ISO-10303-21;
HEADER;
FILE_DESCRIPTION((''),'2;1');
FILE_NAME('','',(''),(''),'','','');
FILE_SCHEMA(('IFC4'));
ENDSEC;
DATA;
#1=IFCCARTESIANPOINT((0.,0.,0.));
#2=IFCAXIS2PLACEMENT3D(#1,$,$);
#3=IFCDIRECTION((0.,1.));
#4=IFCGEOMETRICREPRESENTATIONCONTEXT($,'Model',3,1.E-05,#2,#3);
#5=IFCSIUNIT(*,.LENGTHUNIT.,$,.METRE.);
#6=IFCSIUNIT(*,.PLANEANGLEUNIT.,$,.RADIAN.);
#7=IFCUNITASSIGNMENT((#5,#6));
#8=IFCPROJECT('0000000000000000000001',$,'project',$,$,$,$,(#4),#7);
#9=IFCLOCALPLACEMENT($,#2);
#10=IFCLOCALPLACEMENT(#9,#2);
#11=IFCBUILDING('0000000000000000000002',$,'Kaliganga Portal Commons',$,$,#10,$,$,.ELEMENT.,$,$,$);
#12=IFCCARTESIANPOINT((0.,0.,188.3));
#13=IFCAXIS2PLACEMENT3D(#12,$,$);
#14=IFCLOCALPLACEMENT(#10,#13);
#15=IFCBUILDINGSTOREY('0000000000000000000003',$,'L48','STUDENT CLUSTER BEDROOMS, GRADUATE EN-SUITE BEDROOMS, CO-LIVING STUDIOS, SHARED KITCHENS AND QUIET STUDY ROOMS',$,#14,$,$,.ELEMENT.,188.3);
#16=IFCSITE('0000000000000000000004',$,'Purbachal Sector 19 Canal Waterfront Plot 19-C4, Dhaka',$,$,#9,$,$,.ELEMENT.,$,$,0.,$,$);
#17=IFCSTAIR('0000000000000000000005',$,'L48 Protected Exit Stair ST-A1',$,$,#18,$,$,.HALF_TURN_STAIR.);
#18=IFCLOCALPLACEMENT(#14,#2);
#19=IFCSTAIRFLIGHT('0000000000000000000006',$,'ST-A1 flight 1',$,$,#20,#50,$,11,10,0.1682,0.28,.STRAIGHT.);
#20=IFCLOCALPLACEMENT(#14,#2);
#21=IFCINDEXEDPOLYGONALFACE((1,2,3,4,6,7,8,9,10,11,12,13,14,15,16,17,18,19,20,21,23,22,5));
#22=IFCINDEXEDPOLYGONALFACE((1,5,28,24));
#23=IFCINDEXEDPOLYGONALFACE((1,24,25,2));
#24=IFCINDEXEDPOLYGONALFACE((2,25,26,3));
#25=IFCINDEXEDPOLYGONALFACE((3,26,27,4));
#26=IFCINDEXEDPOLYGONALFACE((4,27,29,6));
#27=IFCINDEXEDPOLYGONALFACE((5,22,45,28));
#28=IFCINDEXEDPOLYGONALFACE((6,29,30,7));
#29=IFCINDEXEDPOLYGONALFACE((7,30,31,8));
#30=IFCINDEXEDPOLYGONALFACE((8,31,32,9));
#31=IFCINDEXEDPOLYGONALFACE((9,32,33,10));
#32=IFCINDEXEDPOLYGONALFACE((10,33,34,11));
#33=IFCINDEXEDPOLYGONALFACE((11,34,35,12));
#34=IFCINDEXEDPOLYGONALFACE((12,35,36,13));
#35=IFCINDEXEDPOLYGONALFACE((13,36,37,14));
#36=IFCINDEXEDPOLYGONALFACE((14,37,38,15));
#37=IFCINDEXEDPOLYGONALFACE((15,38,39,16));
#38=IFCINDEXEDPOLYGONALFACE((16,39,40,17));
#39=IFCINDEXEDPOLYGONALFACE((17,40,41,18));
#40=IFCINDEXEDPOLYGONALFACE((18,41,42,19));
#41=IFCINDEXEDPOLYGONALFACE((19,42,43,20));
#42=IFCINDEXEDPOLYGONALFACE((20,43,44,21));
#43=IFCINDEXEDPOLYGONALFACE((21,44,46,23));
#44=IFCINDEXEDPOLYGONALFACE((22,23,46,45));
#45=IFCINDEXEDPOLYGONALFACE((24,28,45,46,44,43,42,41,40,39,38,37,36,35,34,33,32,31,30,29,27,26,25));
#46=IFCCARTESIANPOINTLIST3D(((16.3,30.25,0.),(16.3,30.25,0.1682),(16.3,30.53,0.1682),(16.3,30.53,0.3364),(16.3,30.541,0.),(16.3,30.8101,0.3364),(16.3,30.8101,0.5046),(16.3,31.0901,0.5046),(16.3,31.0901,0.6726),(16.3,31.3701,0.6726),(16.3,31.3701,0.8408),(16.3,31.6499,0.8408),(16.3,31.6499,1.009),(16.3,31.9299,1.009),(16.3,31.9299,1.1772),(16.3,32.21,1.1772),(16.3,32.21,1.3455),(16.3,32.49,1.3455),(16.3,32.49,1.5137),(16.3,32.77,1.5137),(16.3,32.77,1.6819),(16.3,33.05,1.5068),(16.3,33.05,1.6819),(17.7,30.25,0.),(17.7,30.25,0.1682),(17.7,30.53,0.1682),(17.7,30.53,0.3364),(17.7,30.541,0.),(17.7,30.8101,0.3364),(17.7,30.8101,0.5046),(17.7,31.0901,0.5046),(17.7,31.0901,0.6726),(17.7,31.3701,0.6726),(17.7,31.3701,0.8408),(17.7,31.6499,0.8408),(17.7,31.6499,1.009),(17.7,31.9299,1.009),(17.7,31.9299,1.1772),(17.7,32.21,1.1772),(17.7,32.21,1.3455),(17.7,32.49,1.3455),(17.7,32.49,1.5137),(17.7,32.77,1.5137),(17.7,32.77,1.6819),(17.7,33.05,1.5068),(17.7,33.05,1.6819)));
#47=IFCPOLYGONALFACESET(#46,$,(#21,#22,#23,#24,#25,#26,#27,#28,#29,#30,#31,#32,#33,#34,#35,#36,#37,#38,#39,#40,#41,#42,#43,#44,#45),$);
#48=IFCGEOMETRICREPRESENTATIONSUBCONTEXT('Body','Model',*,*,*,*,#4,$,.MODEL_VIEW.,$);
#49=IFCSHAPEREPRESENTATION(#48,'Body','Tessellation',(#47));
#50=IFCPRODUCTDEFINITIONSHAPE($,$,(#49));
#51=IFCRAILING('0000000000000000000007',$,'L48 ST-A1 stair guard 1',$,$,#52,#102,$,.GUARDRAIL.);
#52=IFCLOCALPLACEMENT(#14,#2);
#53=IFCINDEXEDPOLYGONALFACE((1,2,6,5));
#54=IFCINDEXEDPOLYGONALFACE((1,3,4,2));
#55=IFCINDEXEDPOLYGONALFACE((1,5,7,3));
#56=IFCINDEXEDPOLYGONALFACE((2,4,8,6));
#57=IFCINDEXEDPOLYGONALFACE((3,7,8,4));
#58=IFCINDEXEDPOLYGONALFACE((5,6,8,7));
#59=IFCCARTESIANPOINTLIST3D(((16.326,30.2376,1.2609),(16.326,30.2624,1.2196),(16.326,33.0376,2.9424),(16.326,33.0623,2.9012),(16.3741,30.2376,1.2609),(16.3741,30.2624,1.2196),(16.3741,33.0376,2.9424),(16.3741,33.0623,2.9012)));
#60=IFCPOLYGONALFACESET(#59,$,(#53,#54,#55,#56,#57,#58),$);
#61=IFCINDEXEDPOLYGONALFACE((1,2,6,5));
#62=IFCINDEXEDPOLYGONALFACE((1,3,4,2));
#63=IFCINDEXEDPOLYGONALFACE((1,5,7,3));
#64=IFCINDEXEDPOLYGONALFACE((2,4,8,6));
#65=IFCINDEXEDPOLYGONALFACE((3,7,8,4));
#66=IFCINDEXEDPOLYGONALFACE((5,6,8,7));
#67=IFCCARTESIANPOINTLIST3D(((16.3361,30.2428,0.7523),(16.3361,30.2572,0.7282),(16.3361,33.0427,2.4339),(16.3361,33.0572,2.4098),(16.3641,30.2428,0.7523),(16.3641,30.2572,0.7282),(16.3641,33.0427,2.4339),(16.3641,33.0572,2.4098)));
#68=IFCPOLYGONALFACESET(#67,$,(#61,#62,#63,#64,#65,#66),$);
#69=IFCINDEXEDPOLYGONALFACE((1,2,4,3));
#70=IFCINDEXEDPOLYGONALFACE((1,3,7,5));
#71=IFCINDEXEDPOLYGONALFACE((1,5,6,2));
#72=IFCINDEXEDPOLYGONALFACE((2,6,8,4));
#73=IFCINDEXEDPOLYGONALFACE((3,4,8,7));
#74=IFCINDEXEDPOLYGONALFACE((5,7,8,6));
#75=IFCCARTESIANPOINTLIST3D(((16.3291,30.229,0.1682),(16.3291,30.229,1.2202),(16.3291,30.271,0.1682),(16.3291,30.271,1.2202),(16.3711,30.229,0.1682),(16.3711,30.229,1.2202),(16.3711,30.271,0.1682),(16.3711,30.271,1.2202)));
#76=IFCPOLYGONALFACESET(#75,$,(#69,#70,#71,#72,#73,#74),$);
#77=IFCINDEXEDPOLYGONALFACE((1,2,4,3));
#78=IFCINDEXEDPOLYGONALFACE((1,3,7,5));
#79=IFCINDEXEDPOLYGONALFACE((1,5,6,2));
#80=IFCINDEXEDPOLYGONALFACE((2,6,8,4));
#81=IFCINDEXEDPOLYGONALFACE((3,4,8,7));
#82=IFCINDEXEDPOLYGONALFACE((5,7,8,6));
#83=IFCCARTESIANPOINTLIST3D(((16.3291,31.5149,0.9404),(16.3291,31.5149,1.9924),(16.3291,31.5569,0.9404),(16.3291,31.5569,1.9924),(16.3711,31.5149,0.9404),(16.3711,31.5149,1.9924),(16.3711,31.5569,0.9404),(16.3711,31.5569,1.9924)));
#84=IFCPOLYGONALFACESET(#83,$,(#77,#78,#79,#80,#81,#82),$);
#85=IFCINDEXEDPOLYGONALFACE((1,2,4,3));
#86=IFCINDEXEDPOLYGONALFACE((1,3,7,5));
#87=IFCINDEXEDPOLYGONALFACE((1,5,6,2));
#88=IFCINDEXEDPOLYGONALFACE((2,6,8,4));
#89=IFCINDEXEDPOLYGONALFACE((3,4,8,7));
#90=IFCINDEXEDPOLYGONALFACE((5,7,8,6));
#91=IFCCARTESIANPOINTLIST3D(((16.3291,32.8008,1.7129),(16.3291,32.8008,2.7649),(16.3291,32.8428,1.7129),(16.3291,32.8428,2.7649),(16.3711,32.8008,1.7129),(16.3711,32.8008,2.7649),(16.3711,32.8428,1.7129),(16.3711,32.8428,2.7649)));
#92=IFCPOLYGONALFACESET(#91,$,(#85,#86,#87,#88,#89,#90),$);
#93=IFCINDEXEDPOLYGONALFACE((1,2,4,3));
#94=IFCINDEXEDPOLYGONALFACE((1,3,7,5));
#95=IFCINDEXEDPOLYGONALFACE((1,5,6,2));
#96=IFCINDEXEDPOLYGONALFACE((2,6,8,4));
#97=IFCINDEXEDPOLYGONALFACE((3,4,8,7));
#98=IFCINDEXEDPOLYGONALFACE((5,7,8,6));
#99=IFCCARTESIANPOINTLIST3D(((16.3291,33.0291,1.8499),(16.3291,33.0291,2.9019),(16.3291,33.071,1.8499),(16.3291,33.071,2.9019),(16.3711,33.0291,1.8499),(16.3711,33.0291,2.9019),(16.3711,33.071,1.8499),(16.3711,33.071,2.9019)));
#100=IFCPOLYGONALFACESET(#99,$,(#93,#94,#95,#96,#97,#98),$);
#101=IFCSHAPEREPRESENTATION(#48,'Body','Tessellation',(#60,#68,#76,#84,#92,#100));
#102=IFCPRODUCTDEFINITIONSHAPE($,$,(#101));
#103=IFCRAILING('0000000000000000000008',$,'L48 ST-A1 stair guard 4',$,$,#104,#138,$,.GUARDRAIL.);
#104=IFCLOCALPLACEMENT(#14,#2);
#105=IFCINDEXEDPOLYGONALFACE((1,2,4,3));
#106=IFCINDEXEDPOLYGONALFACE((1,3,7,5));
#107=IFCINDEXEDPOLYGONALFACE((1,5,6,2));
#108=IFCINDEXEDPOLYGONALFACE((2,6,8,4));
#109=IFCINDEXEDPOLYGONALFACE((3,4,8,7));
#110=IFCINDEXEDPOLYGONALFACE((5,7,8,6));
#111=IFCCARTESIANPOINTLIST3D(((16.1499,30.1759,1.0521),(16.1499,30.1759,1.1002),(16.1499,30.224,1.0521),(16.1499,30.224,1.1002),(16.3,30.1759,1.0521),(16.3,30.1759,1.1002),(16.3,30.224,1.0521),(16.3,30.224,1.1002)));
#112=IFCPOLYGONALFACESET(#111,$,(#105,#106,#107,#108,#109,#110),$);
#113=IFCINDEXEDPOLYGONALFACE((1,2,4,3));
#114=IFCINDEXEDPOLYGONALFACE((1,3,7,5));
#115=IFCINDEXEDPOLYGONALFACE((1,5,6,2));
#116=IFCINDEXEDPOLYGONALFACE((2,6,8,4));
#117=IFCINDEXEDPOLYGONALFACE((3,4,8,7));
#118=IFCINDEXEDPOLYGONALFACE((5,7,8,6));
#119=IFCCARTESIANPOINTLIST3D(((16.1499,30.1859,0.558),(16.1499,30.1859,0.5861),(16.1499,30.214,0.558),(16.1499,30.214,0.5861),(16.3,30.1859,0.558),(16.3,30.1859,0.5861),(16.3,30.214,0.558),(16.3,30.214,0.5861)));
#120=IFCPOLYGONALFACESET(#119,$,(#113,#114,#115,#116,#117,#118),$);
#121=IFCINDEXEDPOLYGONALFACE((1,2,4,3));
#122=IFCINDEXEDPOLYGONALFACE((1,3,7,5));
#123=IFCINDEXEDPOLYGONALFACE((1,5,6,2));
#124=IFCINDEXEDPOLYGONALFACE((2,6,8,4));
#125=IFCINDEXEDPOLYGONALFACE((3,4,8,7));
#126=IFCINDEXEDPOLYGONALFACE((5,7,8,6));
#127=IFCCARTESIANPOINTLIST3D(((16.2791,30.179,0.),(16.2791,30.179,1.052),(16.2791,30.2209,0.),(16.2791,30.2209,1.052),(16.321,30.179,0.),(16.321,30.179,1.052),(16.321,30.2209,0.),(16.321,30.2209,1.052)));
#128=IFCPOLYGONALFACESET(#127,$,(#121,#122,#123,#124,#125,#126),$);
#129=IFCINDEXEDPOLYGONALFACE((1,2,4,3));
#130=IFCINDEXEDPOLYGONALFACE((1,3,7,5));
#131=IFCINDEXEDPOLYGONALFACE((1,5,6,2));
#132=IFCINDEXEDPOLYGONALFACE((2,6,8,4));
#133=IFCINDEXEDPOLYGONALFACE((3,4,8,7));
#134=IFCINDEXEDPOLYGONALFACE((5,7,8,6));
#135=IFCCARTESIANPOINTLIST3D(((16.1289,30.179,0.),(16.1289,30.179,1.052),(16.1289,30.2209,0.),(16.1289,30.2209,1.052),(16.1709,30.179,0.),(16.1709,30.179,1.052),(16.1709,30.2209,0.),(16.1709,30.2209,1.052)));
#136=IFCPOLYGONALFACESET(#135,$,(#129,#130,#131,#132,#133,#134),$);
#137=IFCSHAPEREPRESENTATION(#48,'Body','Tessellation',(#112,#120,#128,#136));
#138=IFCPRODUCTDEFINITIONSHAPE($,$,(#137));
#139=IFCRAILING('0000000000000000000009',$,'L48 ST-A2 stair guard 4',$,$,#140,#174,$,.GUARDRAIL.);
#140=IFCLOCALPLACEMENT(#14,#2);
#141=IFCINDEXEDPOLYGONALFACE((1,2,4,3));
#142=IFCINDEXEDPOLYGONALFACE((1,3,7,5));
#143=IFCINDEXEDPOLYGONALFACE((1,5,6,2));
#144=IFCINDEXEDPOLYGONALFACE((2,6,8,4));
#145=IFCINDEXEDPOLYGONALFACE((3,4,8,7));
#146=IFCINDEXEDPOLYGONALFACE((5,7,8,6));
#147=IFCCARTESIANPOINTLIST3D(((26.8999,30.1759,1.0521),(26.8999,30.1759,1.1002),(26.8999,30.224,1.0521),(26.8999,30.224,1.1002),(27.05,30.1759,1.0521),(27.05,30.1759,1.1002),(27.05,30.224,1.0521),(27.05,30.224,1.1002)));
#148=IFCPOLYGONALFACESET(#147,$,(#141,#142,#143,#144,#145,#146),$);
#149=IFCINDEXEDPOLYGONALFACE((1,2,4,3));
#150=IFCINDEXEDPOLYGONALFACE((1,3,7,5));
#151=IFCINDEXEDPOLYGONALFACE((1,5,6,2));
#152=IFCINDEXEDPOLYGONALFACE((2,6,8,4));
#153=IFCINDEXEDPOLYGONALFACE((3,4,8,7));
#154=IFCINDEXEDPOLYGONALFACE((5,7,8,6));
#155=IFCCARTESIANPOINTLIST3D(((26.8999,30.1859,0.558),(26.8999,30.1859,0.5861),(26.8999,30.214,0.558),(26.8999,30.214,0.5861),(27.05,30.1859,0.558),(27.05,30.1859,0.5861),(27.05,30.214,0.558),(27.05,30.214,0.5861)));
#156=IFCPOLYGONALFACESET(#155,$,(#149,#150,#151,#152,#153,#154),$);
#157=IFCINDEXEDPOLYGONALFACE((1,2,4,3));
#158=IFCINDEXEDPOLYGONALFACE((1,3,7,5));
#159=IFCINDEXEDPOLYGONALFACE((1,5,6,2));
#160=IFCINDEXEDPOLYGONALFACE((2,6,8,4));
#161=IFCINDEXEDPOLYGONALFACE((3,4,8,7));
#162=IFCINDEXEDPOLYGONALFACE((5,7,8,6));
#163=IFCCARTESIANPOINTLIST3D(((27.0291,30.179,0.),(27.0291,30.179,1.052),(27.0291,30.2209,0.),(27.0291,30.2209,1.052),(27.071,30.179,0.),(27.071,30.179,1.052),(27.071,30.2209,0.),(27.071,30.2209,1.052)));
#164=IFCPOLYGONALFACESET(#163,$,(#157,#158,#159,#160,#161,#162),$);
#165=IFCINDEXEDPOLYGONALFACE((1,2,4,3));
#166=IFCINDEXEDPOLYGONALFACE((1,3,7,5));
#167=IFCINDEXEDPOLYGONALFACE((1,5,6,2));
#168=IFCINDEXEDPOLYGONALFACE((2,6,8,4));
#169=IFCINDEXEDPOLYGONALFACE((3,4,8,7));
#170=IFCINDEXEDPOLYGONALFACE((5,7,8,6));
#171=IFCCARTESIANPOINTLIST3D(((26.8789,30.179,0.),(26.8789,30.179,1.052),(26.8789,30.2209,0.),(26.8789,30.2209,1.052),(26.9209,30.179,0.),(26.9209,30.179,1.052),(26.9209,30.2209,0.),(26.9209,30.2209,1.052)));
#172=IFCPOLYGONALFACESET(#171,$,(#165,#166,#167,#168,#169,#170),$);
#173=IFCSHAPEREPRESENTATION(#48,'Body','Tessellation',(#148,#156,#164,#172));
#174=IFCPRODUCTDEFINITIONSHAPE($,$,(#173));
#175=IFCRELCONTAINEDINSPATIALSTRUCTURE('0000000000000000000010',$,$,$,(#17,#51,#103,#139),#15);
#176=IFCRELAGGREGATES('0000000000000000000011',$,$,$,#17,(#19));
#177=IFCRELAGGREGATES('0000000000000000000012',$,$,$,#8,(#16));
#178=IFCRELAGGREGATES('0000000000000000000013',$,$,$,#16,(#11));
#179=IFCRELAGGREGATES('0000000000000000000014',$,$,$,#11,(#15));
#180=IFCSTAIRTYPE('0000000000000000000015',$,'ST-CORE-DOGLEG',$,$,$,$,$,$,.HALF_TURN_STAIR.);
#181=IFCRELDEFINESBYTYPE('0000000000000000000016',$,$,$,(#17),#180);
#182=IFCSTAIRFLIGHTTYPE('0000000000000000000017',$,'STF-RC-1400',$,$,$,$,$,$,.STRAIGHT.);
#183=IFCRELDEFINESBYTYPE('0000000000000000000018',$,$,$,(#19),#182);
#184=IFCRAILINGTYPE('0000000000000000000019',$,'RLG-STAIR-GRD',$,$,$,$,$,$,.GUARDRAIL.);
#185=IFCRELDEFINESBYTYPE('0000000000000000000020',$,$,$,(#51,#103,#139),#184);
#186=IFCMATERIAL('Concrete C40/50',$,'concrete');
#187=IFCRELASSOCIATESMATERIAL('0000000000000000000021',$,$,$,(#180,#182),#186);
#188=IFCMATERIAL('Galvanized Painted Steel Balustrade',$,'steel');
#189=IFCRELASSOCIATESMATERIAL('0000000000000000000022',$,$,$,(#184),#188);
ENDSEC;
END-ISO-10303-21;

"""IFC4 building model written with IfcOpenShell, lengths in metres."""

from ifc_helpers import new_model, si_unit, direction, frame, origin, origin_2d, place, context, subcontext, project, spatial, polyline, rectangle, outline, extrude, material, type_object, element, aggregate, save


model = new_model("IFC4")

# Units and contexts
model_context = context("Model", 3, precision=1e-05, world=origin(), true_north=direction((0.0, 1.0)))
body_context = subcontext(model_context, "Body", "Model", "MODEL_VIEW")
ifc_project = project(units=[si_unit("LENGTHUNIT", "METRE"), si_unit("PLANEANGLEUNIT", "RADIAN")], contexts=[model_context])

# Site, building, storey
site_placement = place(None, origin())
site = spatial("IfcSite", under=ifc_project, at=site_placement, Name="Purbachal Sector 19 Canal Waterfront Plot 19-C4, Dhaka", CompositionType="ELEMENT", RefElevation=0.0)
building_placement = place(site_placement, origin())
building = spatial("IfcBuilding", under=site, at=building_placement, Name="Kaliganga Portal Commons", CompositionType="ELEMENT")
storey_placement = place(building_placement, frame((0.0, 0.0, 188.3)))
storey = spatial("IfcBuildingStorey", under=building, at=storey_placement, Name="L48", Description="STUDENT CLUSTER BEDROOMS, GRADUATE EN-SUITE BEDROOMS, CO-LIVING STUDIOS, SHARED KITCHENS AND QUIET STUDY ROOMS", CompositionType="ELEMENT", Elevation=188.3)

# Stair, stair flight
ifc_material_1 = material(Name="Concrete C40/50", Category="concrete")
stair_type = type_object("IfcStairType", Name="ST-CORE-DOGLEG", PredefinedType="HALF_TURN_STAIR", material=ifc_material_1)
stair_placement = place(storey_placement, origin())
stair = element("IfcStair", 1, at=stair_placement, inside=storey, type_object=stair_type, Name="L48 Protected Exit Stair ST-A1", PredefinedType="HALF_TURN_STAIR")
stair_flight_type = type_object("IfcStairFlightType", Name="STF-RC-1400", PredefinedType="STRAIGHT", material=ifc_material_1)
stair_flight_placement = place(storey_placement, frame((17.0, 30.25, 0.0), z_axis=(0.0, 0.0, 1.0), x_axis=(0.0, 1.0, 0.0)))
stair_flight = element("IfcStairFlight", 2, at=stair_flight_placement, type_object=stair_flight_type, Name="ST-A1 flight 1", NumberOfRisers=11, NumberOfTreads=10, PredefinedType="STRAIGHT", RiserHeight=0.1682, TreadLength=0.28, context=body_context, shape_type="SweptSolid", body=[
    extrude(outline(polyline([(0.0, 0.0), (0.0, 0.1682), (0.28, 0.1682), (0.28, 0.3364), (0.5601, 0.3364), (0.5601, 0.5046), (0.8401, 0.5046), (0.8401, 0.6726), (1.1201, 0.6726), (1.1201, 0.8408), (1.3999, 0.8408), (1.3999, 1.009), (1.6799, 1.009), (1.6799, 1.1772), (1.96, 1.1772), (1.96, 1.3455), (2.24, 1.3455), (2.24, 1.5137), (2.52, 1.5137), (2.52, 1.6819), (2.8, 1.6819), (2.8, 1.8501), (2.8, 1.5068), (0.291, 0.0), (0.0, 0.0)])), frame((0.0, 0.7, 0.0), z_axis=(0.0, -1.0, 0.0), x_axis=(1.0, 0.0, 0.0)), (0.0, 0.0, 1.0), 1.3999),
])
aggregate(stair, [stair_flight])

# Railings
ifc_material_2 = material(Name="Galvanized Painted Steel Balustrade", Category="steel")
railing_type = type_object("IfcRailingType", Name="RLG-STAIR-GRD", PredefinedType="GUARDRAIL", material=ifc_material_2)
railing_placement = place(storey_placement, frame((16.3501, 30.25, 0.1682)))
element("IfcRailing", 3, at=railing_placement, inside=storey, type_object=railing_type, Name="L48 ST-A1 stair guard 1", PredefinedType="GUARDRAIL", context=body_context, shape_type="SweptSolid", body=[
    extrude(rectangle(XDim=0.0481, YDim=0.0481, at=origin_2d()), frame((0.0, 0.0, 1.072), z_axis=(0.0, 0.857275, 0.514858), x_axis=(-1.0, 0.0, 0.0)), (0.0, 0.0, 1.0), 3.2661),
    extrude(rectangle(XDim=0.0281, YDim=0.0281, at=origin_2d()), frame((0.0, 0.0, 0.572), z_axis=(0.0, 0.857275, 0.514858), x_axis=(-1.0, 0.0, 0.0)), (0.0, 0.0, 1.0), 3.2661),
    extrude(rectangle(XDim=0.042, YDim=0.042, at=origin_2d()), origin(), (0.0, 0.0, 1.0), 1.052),
    extrude(rectangle(XDim=0.042, YDim=0.042, at=origin_2d()), frame((0.0, 1.2859, 0.7722)), (0.0, 0.0, 1.0), 1.052),
    extrude(rectangle(XDim=0.042, YDim=0.042, at=origin_2d()), frame((0.0, 2.5718, 1.5447)), (0.0, 0.0, 1.0), 1.052),
    extrude(rectangle(XDim=0.042, YDim=0.042, at=origin_2d()), frame((0.0, 2.8, 1.6816)), (0.0, 0.0, 1.0), 1.052),
])
for number, where, name in (
    (4, (16.3, 30.2, 0.0), "L48 ST-A1 stair guard 4"),
    (5, (27.05, 30.2, 0.0), "L48 ST-A2 stair guard 4"),
):
    element("IfcRailing", number, at=place(storey_placement, frame(where)), inside=storey, type_object=railing_type, Name=name, PredefinedType="GUARDRAIL", context=body_context, shape_type="SweptSolid", body=[
        extrude(rectangle(XDim=0.0481, YDim=0.0481, at=origin_2d()), frame((0.0, 0.0, 1.0762), z_axis=(-1.0, 0.0, 0.0), x_axis=(0.0, -1.0, 0.0)), (0.0, 0.0, 1.0), 0.1501),
        extrude(rectangle(XDim=0.0281, YDim=0.0281, at=origin_2d()), frame((0.0, 0.0, 0.572), z_axis=(-1.0, 0.0, 0.0), x_axis=(0.0, -1.0, 0.0)), (0.0, 0.0, 1.0), 0.1501),
        extrude(rectangle(XDim=0.042, YDim=0.042, at=origin_2d()), origin(), (0.0, 0.0, 1.0), 1.052),
        extrude(rectangle(XDim=0.042, YDim=0.042, at=origin_2d()), frame((-0.1501, 0.0, 0.0)), (0.0, 0.0, 1.0), 1.052),
    ])

save(model, "model.ifc")
